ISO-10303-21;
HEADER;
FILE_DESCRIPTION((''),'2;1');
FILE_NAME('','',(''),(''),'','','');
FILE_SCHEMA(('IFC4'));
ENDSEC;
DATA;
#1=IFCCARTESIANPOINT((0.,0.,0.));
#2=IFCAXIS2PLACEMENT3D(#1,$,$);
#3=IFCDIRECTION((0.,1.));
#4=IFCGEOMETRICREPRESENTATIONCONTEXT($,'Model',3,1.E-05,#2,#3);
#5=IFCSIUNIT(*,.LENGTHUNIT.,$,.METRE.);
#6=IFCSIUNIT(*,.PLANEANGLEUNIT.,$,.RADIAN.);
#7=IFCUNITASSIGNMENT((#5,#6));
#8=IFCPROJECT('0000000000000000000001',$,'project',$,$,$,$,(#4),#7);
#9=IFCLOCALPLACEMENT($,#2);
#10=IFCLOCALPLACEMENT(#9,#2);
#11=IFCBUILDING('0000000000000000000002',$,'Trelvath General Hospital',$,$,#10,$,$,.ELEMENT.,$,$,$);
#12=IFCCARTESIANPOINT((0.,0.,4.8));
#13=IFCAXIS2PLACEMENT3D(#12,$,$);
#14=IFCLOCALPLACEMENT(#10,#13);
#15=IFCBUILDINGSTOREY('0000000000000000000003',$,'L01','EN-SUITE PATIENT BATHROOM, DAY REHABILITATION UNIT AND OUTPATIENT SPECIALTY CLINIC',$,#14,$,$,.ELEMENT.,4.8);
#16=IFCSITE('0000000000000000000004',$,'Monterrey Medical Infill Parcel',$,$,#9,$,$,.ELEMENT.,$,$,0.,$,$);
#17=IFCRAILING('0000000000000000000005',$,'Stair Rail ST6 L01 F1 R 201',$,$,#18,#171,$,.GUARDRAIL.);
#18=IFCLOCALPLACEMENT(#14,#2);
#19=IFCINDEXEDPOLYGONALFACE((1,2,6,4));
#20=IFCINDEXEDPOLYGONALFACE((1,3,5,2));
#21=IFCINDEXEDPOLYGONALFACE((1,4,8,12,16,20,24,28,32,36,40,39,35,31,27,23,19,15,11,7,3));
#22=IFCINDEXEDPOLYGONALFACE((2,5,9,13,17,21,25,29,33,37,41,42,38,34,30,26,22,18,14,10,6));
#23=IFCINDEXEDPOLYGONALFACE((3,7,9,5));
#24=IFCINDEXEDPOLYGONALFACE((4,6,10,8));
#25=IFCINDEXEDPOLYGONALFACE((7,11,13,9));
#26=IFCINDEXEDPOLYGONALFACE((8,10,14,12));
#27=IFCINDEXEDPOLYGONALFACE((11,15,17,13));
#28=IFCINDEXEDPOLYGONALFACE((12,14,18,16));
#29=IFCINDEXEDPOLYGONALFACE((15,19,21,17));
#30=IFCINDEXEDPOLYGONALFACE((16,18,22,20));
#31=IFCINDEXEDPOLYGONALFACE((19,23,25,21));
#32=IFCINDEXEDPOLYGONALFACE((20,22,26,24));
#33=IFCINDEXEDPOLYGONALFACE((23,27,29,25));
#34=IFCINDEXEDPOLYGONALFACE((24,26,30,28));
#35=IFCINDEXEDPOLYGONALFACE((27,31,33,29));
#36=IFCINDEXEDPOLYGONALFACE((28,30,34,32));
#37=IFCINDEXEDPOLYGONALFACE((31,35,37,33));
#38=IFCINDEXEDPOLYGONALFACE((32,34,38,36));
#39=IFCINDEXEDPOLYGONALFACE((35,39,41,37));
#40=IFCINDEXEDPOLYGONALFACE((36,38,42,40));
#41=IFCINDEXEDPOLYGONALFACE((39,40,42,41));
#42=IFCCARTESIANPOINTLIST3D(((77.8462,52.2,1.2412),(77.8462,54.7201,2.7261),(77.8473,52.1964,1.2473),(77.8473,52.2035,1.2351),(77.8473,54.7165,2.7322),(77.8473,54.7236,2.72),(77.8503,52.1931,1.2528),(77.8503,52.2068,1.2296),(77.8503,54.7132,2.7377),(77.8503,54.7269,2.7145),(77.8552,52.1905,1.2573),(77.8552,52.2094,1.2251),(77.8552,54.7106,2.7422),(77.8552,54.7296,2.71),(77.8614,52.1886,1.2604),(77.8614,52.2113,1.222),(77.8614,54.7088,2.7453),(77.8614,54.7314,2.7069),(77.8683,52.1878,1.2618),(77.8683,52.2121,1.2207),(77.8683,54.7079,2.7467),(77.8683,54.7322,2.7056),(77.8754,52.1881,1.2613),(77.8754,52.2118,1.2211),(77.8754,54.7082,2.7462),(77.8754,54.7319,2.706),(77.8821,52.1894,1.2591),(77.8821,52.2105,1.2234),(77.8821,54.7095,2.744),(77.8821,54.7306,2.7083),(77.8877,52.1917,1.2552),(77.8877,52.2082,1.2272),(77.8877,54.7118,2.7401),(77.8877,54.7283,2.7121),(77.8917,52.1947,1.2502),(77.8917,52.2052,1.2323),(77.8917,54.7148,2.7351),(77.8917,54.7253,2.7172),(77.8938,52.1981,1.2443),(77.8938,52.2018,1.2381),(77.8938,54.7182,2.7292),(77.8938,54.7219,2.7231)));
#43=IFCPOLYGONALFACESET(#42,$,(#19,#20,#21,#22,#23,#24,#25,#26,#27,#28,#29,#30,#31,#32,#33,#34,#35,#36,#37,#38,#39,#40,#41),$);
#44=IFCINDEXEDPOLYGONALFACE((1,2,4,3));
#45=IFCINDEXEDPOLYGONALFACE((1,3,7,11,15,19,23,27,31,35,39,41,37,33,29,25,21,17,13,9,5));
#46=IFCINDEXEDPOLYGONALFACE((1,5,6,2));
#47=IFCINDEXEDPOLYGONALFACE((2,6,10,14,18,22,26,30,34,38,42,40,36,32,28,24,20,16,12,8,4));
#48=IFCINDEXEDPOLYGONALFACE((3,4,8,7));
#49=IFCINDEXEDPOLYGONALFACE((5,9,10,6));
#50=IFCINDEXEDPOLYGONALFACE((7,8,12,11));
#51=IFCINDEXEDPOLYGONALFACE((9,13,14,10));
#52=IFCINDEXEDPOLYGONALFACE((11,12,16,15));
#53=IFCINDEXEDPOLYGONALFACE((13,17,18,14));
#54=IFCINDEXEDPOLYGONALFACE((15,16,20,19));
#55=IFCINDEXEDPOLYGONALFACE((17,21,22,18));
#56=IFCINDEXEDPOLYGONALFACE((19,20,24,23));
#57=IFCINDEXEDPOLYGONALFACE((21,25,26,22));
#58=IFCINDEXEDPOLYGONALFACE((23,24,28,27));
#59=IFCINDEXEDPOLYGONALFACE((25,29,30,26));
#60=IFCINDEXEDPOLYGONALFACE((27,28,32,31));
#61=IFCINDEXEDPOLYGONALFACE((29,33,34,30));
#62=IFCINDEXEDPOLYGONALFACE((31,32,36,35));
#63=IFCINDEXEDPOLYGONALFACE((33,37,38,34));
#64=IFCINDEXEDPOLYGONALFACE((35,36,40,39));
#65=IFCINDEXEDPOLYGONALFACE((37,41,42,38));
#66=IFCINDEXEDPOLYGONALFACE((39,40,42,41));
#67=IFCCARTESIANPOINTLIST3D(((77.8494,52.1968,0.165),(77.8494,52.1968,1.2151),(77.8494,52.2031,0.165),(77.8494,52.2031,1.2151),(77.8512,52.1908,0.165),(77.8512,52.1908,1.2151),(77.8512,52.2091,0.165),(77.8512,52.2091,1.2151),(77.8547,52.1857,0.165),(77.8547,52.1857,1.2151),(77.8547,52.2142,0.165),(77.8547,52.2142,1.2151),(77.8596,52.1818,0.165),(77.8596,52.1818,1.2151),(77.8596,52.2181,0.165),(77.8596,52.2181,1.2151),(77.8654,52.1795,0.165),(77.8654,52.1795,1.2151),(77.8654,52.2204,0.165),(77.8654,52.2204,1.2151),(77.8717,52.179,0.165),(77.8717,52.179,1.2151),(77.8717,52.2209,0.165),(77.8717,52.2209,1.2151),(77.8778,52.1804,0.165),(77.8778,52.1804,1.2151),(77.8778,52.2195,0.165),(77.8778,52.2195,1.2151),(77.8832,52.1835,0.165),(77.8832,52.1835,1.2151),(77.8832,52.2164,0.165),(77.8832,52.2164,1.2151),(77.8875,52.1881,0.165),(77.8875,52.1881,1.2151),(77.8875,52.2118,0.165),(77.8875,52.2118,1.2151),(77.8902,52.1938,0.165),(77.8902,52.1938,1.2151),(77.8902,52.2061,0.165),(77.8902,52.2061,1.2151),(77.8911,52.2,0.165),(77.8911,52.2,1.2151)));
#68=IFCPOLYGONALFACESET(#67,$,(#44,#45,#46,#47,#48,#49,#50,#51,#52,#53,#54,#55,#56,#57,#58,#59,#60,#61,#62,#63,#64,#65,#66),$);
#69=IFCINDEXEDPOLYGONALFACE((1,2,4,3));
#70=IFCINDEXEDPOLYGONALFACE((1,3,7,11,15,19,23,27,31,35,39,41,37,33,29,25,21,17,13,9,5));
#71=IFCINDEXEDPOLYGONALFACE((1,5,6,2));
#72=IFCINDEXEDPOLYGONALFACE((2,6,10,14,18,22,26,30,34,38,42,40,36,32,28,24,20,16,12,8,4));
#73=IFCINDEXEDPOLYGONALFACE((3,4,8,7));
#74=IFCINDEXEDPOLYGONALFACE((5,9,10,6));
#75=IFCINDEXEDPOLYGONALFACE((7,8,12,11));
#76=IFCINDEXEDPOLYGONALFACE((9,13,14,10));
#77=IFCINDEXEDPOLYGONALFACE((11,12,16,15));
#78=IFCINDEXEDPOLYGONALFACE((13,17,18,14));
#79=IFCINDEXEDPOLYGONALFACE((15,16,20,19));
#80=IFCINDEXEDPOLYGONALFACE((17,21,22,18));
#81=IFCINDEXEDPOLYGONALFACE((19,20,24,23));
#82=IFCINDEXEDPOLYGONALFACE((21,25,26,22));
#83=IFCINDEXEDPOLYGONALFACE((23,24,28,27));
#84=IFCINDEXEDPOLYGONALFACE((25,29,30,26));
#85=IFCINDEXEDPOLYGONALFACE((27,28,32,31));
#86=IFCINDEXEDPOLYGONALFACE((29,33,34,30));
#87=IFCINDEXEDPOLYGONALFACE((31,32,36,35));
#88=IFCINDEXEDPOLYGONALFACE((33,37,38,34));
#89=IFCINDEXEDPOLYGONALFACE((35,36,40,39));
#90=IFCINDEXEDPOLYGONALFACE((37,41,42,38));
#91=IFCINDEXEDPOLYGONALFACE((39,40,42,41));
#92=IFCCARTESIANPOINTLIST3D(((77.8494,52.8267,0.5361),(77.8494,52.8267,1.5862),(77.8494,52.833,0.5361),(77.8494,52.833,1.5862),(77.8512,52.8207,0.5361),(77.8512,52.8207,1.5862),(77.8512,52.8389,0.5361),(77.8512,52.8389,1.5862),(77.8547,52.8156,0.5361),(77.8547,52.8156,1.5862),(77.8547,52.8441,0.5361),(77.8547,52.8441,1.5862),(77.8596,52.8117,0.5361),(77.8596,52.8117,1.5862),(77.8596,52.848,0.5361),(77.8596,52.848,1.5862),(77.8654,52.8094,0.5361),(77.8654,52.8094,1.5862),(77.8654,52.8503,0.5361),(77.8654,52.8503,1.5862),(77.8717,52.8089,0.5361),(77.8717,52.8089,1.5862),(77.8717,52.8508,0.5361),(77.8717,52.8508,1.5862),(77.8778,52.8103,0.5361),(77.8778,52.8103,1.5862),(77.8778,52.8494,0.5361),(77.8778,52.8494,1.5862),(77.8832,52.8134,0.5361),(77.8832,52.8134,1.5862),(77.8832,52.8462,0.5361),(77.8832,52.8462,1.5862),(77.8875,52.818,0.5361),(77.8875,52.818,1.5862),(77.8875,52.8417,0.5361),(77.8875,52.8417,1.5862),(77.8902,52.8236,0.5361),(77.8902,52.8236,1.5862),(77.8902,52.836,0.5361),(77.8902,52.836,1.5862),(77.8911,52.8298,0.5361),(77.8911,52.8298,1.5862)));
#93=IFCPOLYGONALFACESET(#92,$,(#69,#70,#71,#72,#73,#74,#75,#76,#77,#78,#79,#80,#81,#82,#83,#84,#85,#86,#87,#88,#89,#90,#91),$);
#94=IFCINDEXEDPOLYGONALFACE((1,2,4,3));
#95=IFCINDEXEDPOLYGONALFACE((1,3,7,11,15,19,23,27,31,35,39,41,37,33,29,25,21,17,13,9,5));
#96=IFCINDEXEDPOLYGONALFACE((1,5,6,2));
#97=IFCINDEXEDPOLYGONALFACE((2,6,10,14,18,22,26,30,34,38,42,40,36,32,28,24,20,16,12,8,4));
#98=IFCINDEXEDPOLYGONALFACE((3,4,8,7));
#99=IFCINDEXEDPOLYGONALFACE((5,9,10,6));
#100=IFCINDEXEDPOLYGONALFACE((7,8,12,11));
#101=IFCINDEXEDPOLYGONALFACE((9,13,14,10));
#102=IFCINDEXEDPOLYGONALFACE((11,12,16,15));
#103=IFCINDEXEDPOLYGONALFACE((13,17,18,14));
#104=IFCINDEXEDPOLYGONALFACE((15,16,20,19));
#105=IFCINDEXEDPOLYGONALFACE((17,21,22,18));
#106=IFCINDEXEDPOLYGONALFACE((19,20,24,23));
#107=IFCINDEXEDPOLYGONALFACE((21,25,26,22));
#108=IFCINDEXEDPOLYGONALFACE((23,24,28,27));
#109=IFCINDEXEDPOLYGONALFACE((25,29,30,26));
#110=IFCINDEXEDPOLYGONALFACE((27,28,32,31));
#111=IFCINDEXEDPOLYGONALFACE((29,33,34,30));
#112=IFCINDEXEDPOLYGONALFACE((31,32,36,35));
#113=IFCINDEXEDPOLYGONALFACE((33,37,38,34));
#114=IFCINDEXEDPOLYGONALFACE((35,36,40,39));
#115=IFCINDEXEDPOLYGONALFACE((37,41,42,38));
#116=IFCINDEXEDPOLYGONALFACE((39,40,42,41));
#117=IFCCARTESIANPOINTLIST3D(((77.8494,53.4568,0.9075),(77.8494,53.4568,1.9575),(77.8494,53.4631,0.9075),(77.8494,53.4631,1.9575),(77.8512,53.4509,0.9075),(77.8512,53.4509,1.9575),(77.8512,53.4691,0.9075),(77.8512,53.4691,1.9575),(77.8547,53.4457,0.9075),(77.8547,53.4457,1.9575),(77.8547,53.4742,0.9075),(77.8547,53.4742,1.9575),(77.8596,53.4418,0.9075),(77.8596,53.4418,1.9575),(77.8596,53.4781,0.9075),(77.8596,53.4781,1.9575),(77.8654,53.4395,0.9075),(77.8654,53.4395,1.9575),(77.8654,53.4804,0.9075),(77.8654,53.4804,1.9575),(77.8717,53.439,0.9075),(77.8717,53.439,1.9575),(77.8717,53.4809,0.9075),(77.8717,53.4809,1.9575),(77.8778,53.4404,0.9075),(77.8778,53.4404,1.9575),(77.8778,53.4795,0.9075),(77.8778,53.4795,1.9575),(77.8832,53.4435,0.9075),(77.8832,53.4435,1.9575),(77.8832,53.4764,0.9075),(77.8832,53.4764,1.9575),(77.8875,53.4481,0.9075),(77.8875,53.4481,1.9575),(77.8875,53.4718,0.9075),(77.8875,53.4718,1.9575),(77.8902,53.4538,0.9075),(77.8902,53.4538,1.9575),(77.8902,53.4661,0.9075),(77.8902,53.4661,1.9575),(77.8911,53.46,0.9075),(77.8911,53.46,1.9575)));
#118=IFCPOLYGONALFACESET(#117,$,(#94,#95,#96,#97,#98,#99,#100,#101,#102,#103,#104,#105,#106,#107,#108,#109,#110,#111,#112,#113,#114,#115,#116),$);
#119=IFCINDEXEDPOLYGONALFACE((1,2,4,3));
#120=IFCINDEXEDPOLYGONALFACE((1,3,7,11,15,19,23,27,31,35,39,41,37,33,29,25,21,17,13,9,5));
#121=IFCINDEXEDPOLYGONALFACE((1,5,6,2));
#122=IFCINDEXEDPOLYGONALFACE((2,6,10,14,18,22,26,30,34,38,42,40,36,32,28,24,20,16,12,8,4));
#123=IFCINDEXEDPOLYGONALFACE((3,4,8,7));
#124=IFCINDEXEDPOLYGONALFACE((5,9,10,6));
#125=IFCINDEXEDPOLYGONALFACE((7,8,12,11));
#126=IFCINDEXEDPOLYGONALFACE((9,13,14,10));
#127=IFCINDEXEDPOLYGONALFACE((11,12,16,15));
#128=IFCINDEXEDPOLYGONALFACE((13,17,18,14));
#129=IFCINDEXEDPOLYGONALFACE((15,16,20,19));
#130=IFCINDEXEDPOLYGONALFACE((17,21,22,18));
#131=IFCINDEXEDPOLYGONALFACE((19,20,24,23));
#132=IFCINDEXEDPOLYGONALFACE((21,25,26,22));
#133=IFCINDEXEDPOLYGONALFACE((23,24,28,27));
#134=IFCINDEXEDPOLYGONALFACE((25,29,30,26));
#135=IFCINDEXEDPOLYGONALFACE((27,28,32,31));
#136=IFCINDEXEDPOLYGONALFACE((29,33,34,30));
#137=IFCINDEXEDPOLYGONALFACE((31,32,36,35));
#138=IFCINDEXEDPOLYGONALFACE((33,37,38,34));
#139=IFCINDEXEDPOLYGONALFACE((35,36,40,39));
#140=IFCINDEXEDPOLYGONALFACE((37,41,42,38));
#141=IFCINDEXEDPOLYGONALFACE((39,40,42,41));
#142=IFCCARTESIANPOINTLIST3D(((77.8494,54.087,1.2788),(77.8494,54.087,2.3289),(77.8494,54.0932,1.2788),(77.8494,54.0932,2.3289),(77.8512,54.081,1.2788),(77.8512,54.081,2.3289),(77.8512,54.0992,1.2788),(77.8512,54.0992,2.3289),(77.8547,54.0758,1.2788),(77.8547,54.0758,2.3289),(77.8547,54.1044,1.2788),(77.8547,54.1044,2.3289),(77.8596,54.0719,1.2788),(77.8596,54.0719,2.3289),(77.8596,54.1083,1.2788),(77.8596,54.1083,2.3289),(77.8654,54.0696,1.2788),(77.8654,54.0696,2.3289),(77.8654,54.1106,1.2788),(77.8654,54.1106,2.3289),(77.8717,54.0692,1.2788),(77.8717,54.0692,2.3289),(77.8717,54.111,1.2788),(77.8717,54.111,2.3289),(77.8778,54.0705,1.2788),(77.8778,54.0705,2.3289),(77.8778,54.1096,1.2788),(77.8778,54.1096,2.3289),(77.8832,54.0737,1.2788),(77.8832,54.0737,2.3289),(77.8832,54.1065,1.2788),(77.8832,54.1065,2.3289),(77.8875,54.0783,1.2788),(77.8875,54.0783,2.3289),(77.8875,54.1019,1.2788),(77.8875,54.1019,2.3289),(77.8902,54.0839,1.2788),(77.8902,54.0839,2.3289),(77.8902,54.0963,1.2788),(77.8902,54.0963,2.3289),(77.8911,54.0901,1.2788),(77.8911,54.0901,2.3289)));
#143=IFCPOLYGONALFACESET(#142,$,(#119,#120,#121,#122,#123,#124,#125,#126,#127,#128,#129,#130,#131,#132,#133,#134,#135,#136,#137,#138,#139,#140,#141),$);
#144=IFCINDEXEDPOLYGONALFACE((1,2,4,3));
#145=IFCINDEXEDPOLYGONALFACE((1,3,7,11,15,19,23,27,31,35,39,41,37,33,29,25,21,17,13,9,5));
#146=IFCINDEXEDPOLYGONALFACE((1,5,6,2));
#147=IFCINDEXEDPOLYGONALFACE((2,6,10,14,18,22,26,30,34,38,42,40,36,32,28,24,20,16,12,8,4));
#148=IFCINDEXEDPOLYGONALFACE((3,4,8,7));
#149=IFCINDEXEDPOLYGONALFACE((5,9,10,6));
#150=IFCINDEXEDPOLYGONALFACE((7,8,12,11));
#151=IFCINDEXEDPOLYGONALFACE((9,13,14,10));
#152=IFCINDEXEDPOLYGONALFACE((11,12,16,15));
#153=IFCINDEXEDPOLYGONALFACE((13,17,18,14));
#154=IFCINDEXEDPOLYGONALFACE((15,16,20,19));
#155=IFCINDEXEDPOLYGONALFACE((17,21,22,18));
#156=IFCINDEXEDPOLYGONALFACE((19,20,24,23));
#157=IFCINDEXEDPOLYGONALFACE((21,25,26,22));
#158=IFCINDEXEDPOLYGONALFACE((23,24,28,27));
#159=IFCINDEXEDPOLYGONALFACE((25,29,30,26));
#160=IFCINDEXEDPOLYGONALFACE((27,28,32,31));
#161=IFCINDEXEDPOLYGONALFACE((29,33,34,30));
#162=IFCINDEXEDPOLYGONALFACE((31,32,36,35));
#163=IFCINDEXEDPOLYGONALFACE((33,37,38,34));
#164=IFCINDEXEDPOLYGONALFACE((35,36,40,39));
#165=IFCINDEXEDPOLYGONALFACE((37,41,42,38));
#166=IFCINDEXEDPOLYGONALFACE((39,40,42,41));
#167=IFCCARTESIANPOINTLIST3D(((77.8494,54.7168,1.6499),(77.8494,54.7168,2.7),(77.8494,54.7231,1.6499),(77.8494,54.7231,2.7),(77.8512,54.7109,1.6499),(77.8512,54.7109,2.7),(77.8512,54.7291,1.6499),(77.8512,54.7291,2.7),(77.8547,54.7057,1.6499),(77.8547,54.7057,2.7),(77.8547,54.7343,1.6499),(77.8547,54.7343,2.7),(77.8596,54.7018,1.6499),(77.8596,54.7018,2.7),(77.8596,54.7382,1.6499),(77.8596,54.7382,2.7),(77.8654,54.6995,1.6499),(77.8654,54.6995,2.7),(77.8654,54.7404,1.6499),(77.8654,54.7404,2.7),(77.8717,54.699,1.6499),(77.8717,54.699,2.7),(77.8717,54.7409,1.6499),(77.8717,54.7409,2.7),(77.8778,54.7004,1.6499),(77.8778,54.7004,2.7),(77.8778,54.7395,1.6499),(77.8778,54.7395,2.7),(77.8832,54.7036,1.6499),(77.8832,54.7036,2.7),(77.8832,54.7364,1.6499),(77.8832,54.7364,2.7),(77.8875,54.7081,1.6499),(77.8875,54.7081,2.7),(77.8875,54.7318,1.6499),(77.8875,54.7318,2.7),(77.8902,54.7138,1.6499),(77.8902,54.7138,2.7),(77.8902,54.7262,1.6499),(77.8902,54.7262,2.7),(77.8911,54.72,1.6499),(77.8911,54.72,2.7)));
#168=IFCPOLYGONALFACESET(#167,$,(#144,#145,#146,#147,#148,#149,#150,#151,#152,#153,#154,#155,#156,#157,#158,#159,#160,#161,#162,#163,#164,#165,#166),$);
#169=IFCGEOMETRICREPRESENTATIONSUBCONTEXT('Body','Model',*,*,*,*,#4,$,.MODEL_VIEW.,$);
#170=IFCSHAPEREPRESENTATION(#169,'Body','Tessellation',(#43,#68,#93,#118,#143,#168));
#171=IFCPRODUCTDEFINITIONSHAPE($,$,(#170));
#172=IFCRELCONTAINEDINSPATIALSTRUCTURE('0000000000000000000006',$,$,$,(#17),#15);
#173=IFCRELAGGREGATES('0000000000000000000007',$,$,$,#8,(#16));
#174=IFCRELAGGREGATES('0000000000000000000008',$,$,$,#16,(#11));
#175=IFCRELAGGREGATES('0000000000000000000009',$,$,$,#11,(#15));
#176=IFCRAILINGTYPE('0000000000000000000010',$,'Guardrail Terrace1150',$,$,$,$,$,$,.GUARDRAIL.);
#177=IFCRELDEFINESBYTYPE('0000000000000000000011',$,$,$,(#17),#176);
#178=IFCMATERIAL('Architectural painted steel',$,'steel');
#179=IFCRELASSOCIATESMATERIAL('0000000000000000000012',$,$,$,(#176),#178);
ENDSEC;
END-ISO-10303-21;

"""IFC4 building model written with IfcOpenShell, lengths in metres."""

from ifc_helpers import new_model, si_unit, direction, frame, origin, origin_2d, place, context, subcontext, project, spatial, circle, extrude, material, type_object, element, save


model = new_model("IFC4")

# Units and contexts
model_context = context("Model", 3, precision=1e-05, world=origin(), true_north=direction((0.0, 1.0)))
body_context = subcontext(model_context, "Body", "Model", "MODEL_VIEW")
ifc_project = project(units=[si_unit("LENGTHUNIT", "METRE"), si_unit("PLANEANGLEUNIT", "RADIAN")], contexts=[model_context])

# Site, building, storey
site_placement = place(None, origin())
site = spatial("IfcSite", under=ifc_project, at=site_placement, Name="Monterrey Medical Infill Parcel", CompositionType="ELEMENT", RefElevation=0.0)
building_placement = place(site_placement, origin())
building = spatial("IfcBuilding", under=site, at=building_placement, Name="Trelvath General Hospital", CompositionType="ELEMENT")
storey_placement = place(building_placement, frame((0.0, 0.0, 4.8)))
storey = spatial("IfcBuildingStorey", under=building, at=storey_placement, Name="L01", Description="EN-SUITE PATIENT BATHROOM, DAY REHABILITATION UNIT AND OUTPATIENT SPECIALTY CLINIC", CompositionType="ELEMENT", Elevation=4.8)

# Railing
ifc_material_1 = material(Name="Architectural painted steel", Category="steel")
railing_type_1 = type_object("IfcRailingType", Name="Guardrail Terrace1150", PredefinedType="GUARDRAIL", material=ifc_material_1)
railing_1_placement = place(storey_placement, frame((77.8701, 52.2, 0.165)))
element("IfcRailing", 1, at=railing_1_placement, inside=storey, type_object=railing_type_1, Name="Stair Rail ST6 L01 F1 R 201", PredefinedType="GUARDRAIL", context=body_context, shape_type="SweptSolid", body=[
    extrude(circle(Radius=0.0239, at=origin_2d()), frame((0.0, 0.0, 1.0762), z_axis=(0.0, 0.861561, 0.507655), x_axis=(-1.0, 0.0, 0.0)), (0.0, 0.0, 1.0), 2.925),
    extrude(circle(Radius=0.021, at=origin_2d()), origin(), (0.0, 0.0, 1.0), 1.05),
    extrude(circle(Radius=0.021, at=origin_2d()), frame((0.0, 0.6299, 0.3711)), (0.0, 0.0, 1.0), 1.05),
    extrude(circle(Radius=0.021, at=origin_2d()), frame((0.0, 1.26, 0.7424)), (0.0, 0.0, 1.0), 1.05),
    extrude(circle(Radius=0.021, at=origin_2d()), frame((0.0, 1.8901, 1.1138)), (0.0, 0.0, 1.0), 1.05),
    extrude(circle(Radius=0.021, at=origin_2d()), frame((0.0, 2.52, 1.4849)), (0.0, 0.0, 1.0), 1.05),
])

save(model, "model.ifc")
